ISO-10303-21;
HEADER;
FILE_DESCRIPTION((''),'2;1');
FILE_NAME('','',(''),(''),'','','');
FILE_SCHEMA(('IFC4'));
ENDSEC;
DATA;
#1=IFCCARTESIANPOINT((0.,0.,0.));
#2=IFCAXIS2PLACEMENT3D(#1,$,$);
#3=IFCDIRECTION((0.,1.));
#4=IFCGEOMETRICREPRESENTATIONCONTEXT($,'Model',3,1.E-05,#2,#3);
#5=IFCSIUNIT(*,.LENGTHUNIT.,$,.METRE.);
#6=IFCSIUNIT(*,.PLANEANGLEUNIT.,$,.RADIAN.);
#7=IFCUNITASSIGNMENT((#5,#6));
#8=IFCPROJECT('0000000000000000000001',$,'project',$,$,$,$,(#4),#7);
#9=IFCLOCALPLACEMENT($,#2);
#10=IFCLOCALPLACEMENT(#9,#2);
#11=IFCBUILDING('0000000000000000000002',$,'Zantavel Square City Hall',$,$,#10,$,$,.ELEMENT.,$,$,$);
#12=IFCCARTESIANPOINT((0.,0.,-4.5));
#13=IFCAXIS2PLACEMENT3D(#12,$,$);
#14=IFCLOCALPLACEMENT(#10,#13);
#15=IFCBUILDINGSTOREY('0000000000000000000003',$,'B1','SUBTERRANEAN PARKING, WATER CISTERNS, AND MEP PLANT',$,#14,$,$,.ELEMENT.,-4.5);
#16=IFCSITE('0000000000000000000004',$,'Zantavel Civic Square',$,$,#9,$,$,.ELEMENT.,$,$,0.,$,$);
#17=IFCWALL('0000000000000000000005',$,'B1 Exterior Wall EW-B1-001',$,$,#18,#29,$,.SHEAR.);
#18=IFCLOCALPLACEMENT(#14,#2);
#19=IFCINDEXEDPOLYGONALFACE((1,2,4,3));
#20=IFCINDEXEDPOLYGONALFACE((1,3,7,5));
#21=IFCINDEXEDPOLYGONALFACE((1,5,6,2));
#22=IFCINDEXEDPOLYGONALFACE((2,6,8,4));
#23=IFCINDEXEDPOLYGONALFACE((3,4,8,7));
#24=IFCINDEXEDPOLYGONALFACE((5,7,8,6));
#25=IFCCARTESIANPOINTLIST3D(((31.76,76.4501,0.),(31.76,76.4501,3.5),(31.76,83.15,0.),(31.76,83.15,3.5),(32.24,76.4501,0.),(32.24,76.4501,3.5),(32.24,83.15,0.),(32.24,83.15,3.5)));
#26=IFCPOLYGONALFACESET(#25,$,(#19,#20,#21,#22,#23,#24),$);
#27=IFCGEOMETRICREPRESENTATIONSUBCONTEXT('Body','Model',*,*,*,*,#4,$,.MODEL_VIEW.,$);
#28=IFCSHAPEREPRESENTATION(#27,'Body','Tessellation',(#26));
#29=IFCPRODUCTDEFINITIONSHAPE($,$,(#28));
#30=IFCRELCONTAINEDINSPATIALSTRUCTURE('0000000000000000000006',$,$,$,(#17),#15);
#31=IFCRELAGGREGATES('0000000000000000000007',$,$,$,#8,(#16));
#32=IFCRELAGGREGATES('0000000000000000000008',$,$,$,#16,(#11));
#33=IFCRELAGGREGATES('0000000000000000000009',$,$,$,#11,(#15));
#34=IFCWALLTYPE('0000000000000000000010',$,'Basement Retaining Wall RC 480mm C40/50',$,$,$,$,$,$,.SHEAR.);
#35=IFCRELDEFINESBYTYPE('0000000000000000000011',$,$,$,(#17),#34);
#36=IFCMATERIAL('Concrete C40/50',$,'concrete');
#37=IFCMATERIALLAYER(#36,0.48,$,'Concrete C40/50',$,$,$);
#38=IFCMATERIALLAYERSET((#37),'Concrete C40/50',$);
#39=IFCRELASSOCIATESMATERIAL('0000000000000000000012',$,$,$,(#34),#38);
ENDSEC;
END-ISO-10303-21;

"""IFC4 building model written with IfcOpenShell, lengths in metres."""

from ifc_helpers import new_model, si_unit, direction, frame, frame_2d, origin, place, context, subcontext, project, spatial, rectangle, extrude, material, layer, layer_set, type_object, element, save


model = new_model("IFC4")

# Units and contexts
model_context = context("Model", 3, precision=1e-05, world=origin(), true_north=direction((0.0, 1.0)))
body_context = subcontext(model_context, "Body", "Model", "MODEL_VIEW")
ifc_project = project(units=[si_unit("LENGTHUNIT", "METRE"), si_unit("PLANEANGLEUNIT", "RADIAN")], contexts=[model_context])

# Site, building, storey
site_placement = place(None, origin())
site = spatial("IfcSite", under=ifc_project, at=site_placement, Name="Zantavel Civic Square", CompositionType="ELEMENT", RefElevation=0.0)
building_placement = place(site_placement, origin())
building = spatial("IfcBuilding", under=site, at=building_placement, Name="Zantavel Square City Hall", CompositionType="ELEMENT")
storey_placement = place(building_placement, frame((0.0, 0.0, -4.5)))
storey = spatial("IfcBuildingStorey", under=building, at=storey_placement, Name="B1", Description="SUBTERRANEAN PARKING, WATER CISTERNS, AND MEP PLANT", CompositionType="ELEMENT", Elevation=-4.5)

# Shared definitions
ifc_material_1 = material(Name="Concrete C40/50", Category="concrete")

# Wall
ifc_layer_1 = layer(ifc_material_1, 0.48, Name="Concrete C40/50")
ifc_layer_set_1 = layer_set([ifc_layer_1], Name="Concrete C40/50")
wall_type = type_object("IfcWallType", Name="Basement Retaining Wall RC 480mm C40/50", PredefinedType="SHEAR", material=ifc_layer_set_1)
wall_placement = place(storey_placement, frame((32.0, 76.45, 0.0), z_axis=(0.0, 0.0, 1.0), x_axis=(0.0, 1.0, 0.0)))
element("IfcWall", 1, at=wall_placement, inside=storey, type_object=wall_type, Name="B1 Exterior Wall EW-B1-001", PredefinedType="SHEAR", context=body_context, shape_type="SweptSolid", body=[
    extrude(rectangle(XDim=6.7, YDim=0.48, at=frame_2d((3.3501, 0.0))), origin(), (0.0, 0.0, 1.0), 3.5),
])

save(model, "model.ifc")
